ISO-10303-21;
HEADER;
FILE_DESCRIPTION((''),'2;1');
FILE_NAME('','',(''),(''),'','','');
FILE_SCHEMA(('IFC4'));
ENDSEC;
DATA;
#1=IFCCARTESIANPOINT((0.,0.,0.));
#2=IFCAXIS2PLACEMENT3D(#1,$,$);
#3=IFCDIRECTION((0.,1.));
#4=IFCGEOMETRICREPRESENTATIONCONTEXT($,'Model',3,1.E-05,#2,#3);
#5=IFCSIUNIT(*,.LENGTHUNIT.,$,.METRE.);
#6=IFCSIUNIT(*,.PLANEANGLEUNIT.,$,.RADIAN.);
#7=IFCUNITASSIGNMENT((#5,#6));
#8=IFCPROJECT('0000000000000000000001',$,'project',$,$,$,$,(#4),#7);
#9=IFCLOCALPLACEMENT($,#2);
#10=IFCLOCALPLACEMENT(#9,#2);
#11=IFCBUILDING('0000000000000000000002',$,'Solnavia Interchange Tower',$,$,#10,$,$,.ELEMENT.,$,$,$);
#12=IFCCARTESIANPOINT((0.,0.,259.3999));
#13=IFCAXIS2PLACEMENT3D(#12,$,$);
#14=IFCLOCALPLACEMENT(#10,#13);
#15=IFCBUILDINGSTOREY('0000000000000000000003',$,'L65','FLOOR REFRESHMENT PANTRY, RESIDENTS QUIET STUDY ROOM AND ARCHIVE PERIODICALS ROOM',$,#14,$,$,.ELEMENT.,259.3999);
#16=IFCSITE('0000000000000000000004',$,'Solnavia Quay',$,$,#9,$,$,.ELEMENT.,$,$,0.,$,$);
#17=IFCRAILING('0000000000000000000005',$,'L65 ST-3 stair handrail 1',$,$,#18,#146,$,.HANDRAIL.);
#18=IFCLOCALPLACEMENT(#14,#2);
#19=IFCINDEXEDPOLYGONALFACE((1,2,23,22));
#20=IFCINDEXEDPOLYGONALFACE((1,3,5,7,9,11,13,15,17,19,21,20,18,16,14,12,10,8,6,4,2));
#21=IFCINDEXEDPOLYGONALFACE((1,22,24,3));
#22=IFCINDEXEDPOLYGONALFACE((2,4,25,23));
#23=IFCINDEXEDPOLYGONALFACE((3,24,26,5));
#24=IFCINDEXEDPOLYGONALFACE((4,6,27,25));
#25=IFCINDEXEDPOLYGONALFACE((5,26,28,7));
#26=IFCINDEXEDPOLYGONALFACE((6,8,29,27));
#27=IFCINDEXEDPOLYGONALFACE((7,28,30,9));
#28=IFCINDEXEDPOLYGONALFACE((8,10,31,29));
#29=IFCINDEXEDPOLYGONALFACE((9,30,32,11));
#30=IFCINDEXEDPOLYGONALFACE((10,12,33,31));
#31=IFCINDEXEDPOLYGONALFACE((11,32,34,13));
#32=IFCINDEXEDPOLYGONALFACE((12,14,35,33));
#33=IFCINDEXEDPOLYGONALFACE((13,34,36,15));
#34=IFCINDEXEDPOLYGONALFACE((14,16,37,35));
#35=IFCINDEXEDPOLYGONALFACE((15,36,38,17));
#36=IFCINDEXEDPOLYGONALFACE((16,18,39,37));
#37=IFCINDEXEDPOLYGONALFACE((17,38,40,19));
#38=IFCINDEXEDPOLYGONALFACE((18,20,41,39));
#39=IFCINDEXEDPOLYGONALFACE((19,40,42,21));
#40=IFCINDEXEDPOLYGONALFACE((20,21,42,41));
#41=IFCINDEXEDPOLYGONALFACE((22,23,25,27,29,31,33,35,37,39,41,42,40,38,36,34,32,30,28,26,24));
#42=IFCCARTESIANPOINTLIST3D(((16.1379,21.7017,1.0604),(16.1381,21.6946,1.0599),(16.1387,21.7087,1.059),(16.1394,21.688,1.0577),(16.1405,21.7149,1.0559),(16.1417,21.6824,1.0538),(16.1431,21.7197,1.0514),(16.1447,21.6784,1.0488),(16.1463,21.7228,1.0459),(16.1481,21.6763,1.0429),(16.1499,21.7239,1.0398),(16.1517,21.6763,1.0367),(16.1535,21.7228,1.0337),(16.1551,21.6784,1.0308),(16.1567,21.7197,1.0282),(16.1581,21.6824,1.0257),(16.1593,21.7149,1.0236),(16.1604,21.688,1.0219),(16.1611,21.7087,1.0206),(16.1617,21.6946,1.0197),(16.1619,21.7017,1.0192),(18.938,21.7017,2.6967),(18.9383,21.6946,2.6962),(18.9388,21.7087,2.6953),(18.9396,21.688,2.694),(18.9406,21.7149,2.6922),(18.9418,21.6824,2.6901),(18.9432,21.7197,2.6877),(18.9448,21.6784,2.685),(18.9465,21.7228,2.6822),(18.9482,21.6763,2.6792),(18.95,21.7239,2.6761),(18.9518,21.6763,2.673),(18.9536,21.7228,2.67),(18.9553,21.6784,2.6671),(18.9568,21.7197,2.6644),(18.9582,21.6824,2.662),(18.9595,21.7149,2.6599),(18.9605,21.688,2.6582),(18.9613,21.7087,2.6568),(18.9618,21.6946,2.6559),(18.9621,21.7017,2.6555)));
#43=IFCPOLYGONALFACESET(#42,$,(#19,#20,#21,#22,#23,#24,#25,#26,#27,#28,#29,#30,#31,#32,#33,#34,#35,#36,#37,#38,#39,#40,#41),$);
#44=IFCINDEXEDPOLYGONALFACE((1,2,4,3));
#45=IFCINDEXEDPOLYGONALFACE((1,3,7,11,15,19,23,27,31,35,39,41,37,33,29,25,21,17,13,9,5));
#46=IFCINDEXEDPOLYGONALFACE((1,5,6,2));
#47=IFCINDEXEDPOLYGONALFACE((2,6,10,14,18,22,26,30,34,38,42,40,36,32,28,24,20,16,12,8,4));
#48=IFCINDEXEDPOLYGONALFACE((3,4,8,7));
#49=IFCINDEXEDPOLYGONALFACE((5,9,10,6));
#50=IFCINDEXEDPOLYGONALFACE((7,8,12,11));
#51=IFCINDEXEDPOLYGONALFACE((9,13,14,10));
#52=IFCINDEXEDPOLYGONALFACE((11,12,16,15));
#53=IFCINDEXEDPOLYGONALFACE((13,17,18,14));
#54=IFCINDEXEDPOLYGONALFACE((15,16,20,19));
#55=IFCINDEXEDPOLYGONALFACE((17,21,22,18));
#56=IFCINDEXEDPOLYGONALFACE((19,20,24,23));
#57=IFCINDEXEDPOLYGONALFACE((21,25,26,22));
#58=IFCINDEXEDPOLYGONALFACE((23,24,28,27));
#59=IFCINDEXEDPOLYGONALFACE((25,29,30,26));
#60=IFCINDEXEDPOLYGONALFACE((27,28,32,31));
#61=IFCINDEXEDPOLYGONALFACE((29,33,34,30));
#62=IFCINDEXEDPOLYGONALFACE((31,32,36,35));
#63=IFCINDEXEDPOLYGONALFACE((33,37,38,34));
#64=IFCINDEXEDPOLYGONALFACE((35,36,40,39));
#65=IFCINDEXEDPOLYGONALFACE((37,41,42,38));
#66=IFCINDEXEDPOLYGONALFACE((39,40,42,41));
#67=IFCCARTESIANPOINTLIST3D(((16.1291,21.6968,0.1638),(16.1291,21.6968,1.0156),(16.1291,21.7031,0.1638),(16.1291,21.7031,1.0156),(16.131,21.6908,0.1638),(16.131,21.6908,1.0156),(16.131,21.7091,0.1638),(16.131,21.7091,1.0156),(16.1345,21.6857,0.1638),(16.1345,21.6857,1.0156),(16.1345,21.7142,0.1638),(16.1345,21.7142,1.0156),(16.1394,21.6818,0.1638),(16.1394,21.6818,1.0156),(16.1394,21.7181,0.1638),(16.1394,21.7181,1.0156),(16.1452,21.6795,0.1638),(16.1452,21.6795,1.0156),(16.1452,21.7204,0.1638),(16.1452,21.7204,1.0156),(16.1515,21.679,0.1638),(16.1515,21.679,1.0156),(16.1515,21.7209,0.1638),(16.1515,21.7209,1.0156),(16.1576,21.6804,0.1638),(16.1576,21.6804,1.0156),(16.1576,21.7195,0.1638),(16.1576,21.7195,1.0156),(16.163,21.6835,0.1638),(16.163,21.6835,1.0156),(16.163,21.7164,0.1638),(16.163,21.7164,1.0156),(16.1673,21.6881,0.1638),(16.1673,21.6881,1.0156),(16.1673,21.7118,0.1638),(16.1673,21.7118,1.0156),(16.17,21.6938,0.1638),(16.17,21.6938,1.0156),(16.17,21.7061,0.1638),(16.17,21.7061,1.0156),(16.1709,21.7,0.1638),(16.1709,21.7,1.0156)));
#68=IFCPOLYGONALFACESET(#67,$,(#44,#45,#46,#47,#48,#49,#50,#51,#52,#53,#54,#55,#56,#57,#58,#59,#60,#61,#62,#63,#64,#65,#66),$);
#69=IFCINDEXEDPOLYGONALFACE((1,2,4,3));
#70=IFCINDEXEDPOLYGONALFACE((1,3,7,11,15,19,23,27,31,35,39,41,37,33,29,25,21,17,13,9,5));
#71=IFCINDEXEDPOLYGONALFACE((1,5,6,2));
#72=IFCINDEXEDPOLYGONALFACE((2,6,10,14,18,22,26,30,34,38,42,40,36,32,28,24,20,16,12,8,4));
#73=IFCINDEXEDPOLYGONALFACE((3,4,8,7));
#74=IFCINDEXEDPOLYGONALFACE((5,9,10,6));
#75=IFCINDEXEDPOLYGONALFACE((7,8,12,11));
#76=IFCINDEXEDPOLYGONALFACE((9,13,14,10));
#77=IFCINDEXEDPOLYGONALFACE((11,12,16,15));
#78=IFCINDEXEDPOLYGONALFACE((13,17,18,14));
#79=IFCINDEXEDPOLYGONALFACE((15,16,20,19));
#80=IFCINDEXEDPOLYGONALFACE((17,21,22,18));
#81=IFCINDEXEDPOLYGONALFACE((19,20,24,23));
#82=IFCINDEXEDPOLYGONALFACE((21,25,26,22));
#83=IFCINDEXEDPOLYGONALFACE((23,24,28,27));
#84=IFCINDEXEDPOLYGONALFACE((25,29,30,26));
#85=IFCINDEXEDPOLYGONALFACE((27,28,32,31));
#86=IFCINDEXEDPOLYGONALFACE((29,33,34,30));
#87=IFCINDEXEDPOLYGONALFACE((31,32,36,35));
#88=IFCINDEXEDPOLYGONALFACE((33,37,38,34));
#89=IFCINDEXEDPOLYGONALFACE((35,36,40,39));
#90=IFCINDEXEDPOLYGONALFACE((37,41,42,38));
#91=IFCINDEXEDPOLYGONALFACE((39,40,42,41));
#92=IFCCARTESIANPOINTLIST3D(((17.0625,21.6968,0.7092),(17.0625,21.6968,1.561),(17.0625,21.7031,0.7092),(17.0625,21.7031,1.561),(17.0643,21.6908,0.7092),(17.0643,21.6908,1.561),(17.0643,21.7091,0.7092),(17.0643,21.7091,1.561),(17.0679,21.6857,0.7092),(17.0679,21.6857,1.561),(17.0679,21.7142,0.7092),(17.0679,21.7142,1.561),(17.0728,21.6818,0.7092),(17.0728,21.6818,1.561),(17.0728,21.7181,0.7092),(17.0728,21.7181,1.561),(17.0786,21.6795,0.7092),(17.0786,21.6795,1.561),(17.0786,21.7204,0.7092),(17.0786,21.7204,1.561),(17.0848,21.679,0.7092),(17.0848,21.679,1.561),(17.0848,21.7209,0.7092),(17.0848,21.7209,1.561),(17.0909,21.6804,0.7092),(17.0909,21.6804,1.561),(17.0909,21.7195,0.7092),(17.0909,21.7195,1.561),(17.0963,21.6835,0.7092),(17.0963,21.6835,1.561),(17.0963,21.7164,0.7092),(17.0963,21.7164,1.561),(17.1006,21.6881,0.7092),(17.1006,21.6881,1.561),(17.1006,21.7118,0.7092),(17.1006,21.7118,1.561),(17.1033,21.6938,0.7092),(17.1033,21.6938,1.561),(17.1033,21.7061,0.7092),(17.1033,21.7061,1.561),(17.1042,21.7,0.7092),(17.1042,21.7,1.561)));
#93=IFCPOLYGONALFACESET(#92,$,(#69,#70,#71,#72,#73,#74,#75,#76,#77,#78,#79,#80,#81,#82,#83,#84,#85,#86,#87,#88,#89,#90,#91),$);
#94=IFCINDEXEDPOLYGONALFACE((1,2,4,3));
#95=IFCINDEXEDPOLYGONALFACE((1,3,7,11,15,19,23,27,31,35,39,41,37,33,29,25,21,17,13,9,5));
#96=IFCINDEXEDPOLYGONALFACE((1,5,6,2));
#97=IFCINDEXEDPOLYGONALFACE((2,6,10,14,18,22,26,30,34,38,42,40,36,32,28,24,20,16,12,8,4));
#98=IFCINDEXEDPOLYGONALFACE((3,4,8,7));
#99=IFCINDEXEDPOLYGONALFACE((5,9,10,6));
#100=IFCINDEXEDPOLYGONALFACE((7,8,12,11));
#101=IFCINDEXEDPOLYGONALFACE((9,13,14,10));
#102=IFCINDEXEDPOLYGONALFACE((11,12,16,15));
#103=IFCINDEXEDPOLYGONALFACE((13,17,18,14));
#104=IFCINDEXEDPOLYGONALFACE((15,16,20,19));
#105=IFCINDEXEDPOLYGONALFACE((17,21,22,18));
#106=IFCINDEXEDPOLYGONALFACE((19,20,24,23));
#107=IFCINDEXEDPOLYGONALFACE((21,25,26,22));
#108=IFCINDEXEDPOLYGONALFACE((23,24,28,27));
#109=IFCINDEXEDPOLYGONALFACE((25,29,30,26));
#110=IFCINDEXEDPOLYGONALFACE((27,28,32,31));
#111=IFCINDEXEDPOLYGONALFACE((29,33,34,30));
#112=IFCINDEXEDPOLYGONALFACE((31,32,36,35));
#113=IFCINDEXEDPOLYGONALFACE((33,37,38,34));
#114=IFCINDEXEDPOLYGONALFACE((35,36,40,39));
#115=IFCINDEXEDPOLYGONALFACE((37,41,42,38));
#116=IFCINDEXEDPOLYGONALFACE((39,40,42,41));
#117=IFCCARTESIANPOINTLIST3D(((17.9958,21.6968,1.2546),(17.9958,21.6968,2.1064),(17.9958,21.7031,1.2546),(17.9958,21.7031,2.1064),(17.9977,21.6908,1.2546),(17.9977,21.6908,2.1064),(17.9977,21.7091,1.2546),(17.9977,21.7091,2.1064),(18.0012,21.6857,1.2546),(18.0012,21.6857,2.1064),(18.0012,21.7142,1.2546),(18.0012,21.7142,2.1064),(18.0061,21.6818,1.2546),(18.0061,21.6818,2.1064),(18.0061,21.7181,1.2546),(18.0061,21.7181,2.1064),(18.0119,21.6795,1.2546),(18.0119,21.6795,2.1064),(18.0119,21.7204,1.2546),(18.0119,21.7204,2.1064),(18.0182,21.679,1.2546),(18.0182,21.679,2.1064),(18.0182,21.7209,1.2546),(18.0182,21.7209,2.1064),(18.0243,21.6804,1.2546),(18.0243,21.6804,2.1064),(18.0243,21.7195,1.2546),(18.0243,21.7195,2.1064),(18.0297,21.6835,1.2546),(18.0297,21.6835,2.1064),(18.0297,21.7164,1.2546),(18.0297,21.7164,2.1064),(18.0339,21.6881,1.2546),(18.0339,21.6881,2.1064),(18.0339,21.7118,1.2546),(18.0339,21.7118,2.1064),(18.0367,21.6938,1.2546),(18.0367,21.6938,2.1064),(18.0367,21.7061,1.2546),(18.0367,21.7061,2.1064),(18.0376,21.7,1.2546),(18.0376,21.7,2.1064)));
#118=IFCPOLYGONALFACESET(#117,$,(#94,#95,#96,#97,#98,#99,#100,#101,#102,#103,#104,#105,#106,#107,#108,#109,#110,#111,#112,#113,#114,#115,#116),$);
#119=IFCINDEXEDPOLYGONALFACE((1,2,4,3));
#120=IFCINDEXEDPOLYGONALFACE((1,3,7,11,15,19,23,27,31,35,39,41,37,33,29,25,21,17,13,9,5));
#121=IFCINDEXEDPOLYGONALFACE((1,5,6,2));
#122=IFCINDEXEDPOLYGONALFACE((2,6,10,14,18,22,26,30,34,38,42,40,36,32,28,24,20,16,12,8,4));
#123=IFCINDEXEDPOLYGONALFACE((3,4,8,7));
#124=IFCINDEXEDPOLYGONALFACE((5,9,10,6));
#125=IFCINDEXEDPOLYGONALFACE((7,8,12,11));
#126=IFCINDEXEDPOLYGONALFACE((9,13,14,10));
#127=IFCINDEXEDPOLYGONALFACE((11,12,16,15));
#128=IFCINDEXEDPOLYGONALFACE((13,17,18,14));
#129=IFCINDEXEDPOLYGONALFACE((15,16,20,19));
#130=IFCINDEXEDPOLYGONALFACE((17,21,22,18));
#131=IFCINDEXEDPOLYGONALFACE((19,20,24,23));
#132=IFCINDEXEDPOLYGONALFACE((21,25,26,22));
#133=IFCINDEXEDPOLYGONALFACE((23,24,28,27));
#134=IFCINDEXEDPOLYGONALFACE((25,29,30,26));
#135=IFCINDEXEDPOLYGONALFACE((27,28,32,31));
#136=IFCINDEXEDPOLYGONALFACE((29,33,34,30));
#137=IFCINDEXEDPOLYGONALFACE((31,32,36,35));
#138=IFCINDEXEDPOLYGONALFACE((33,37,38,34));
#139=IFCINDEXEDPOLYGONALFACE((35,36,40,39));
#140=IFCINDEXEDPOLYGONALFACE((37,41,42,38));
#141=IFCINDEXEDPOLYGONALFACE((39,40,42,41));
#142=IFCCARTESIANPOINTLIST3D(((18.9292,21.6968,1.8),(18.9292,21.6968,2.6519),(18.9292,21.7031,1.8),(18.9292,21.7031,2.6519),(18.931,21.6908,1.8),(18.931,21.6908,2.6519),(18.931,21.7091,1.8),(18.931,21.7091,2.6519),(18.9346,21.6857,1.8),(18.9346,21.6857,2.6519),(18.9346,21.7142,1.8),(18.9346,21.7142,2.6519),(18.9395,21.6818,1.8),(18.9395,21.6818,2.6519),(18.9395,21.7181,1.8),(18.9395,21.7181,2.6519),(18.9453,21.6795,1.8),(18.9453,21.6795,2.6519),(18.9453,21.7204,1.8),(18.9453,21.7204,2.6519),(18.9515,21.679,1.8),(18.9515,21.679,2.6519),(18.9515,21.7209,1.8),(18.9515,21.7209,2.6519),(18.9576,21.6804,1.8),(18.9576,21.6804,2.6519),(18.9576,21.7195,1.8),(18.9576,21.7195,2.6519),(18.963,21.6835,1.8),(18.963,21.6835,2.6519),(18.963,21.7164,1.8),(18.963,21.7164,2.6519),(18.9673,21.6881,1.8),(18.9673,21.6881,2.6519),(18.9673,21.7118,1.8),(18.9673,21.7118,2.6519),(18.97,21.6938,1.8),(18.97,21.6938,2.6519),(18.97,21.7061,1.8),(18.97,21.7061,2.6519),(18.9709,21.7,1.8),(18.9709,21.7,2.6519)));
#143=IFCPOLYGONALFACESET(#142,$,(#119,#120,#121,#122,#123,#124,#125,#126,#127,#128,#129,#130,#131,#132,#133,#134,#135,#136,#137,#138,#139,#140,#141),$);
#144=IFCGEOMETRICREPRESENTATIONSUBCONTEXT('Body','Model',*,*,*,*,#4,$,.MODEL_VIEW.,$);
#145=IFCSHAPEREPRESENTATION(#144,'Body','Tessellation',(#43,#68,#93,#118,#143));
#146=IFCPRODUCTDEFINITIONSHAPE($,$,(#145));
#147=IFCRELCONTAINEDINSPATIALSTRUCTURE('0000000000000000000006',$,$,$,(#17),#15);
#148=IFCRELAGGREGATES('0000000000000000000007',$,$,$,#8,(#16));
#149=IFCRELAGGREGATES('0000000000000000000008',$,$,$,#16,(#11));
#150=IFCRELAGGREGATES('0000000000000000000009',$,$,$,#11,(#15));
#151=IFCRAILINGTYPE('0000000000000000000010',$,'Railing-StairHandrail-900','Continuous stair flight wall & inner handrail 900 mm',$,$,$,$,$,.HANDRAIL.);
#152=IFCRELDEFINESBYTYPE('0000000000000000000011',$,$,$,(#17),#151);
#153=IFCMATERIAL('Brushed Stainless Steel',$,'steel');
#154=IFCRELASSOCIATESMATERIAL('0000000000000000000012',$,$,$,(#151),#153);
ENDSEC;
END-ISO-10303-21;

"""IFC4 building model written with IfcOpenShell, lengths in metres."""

from ifc_helpers import new_model, si_unit, direction, frame, origin, origin_2d, place, context, subcontext, project, spatial, circle, extrude, material, type_object, element, save


model = new_model("IFC4")

# Units and contexts
model_context = context("Model", 3, precision=1e-05, world=origin(), true_north=direction((0.0, 1.0)))
body_context = subcontext(model_context, "Body", "Model", "MODEL_VIEW")
ifc_project = project(units=[si_unit("LENGTHUNIT", "METRE"), si_unit("PLANEANGLEUNIT", "RADIAN")], contexts=[model_context])

# Site, building, storey
site_placement = place(None, origin())
site = spatial("IfcSite", under=ifc_project, at=site_placement, Name="Solnavia Quay", CompositionType="ELEMENT", RefElevation=0.0)
building_placement = place(site_placement, origin())
building = spatial("IfcBuilding", under=site, at=building_placement, Name="Solnavia Interchange Tower", CompositionType="ELEMENT")
storey_placement = place(building_placement, frame((0.0, 0.0, 259.3999)))
storey = spatial("IfcBuildingStorey", under=building, at=storey_placement, Name="L65", Description="FLOOR REFRESHMENT PANTRY, RESIDENTS QUIET STUDY ROOM AND ARCHIVE PERIODICALS ROOM", CompositionType="ELEMENT", Elevation=259.3999)

# Railing
ifc_material_1 = material(Name="Brushed Stainless Steel", Category="steel")
railing_type_1 = type_object("IfcRailingType", Name="Railing-StairHandrail-900", Description="Continuous stair flight wall & inner handrail 900 mm", PredefinedType="HANDRAIL", material=ifc_material_1)
railing_1_placement = place(storey_placement, frame((16.1499, 21.7, 0.1638)))
element("IfcRailing", 1, at=railing_1_placement, inside=storey, type_object=railing_type_1, Name="L65 ST-3 stair handrail 1", PredefinedType="HANDRAIL", context=body_context, shape_type="SweptSolid", body=[
    extrude(circle(Radius=0.0239, at=origin_2d()), frame((0.0, 0.0, 0.876), z_axis=(0.863394, 0.0, 0.504531), x_axis=(0.0, 1.0, 0.0)), (0.0, 0.0, 1.0), 3.2432),
    extrude(circle(Radius=0.021, at=origin_2d()), origin(), (0.0, 0.0, 1.0), 0.8518),
    extrude(circle(Radius=0.021, at=origin_2d()), frame((0.9333, 0.0, 0.5454)), (0.0, 0.0, 1.0), 0.8518),
    extrude(circle(Radius=0.021, at=origin_2d()), frame((1.8667, 0.0, 1.0908)), (0.0, 0.0, 1.0), 0.8518),
    extrude(circle(Radius=0.021, at=origin_2d()), frame((2.8, 0.0, 1.6362)), (0.0, 0.0, 1.0), 0.8518),
])

save(model, "model.ifc")
